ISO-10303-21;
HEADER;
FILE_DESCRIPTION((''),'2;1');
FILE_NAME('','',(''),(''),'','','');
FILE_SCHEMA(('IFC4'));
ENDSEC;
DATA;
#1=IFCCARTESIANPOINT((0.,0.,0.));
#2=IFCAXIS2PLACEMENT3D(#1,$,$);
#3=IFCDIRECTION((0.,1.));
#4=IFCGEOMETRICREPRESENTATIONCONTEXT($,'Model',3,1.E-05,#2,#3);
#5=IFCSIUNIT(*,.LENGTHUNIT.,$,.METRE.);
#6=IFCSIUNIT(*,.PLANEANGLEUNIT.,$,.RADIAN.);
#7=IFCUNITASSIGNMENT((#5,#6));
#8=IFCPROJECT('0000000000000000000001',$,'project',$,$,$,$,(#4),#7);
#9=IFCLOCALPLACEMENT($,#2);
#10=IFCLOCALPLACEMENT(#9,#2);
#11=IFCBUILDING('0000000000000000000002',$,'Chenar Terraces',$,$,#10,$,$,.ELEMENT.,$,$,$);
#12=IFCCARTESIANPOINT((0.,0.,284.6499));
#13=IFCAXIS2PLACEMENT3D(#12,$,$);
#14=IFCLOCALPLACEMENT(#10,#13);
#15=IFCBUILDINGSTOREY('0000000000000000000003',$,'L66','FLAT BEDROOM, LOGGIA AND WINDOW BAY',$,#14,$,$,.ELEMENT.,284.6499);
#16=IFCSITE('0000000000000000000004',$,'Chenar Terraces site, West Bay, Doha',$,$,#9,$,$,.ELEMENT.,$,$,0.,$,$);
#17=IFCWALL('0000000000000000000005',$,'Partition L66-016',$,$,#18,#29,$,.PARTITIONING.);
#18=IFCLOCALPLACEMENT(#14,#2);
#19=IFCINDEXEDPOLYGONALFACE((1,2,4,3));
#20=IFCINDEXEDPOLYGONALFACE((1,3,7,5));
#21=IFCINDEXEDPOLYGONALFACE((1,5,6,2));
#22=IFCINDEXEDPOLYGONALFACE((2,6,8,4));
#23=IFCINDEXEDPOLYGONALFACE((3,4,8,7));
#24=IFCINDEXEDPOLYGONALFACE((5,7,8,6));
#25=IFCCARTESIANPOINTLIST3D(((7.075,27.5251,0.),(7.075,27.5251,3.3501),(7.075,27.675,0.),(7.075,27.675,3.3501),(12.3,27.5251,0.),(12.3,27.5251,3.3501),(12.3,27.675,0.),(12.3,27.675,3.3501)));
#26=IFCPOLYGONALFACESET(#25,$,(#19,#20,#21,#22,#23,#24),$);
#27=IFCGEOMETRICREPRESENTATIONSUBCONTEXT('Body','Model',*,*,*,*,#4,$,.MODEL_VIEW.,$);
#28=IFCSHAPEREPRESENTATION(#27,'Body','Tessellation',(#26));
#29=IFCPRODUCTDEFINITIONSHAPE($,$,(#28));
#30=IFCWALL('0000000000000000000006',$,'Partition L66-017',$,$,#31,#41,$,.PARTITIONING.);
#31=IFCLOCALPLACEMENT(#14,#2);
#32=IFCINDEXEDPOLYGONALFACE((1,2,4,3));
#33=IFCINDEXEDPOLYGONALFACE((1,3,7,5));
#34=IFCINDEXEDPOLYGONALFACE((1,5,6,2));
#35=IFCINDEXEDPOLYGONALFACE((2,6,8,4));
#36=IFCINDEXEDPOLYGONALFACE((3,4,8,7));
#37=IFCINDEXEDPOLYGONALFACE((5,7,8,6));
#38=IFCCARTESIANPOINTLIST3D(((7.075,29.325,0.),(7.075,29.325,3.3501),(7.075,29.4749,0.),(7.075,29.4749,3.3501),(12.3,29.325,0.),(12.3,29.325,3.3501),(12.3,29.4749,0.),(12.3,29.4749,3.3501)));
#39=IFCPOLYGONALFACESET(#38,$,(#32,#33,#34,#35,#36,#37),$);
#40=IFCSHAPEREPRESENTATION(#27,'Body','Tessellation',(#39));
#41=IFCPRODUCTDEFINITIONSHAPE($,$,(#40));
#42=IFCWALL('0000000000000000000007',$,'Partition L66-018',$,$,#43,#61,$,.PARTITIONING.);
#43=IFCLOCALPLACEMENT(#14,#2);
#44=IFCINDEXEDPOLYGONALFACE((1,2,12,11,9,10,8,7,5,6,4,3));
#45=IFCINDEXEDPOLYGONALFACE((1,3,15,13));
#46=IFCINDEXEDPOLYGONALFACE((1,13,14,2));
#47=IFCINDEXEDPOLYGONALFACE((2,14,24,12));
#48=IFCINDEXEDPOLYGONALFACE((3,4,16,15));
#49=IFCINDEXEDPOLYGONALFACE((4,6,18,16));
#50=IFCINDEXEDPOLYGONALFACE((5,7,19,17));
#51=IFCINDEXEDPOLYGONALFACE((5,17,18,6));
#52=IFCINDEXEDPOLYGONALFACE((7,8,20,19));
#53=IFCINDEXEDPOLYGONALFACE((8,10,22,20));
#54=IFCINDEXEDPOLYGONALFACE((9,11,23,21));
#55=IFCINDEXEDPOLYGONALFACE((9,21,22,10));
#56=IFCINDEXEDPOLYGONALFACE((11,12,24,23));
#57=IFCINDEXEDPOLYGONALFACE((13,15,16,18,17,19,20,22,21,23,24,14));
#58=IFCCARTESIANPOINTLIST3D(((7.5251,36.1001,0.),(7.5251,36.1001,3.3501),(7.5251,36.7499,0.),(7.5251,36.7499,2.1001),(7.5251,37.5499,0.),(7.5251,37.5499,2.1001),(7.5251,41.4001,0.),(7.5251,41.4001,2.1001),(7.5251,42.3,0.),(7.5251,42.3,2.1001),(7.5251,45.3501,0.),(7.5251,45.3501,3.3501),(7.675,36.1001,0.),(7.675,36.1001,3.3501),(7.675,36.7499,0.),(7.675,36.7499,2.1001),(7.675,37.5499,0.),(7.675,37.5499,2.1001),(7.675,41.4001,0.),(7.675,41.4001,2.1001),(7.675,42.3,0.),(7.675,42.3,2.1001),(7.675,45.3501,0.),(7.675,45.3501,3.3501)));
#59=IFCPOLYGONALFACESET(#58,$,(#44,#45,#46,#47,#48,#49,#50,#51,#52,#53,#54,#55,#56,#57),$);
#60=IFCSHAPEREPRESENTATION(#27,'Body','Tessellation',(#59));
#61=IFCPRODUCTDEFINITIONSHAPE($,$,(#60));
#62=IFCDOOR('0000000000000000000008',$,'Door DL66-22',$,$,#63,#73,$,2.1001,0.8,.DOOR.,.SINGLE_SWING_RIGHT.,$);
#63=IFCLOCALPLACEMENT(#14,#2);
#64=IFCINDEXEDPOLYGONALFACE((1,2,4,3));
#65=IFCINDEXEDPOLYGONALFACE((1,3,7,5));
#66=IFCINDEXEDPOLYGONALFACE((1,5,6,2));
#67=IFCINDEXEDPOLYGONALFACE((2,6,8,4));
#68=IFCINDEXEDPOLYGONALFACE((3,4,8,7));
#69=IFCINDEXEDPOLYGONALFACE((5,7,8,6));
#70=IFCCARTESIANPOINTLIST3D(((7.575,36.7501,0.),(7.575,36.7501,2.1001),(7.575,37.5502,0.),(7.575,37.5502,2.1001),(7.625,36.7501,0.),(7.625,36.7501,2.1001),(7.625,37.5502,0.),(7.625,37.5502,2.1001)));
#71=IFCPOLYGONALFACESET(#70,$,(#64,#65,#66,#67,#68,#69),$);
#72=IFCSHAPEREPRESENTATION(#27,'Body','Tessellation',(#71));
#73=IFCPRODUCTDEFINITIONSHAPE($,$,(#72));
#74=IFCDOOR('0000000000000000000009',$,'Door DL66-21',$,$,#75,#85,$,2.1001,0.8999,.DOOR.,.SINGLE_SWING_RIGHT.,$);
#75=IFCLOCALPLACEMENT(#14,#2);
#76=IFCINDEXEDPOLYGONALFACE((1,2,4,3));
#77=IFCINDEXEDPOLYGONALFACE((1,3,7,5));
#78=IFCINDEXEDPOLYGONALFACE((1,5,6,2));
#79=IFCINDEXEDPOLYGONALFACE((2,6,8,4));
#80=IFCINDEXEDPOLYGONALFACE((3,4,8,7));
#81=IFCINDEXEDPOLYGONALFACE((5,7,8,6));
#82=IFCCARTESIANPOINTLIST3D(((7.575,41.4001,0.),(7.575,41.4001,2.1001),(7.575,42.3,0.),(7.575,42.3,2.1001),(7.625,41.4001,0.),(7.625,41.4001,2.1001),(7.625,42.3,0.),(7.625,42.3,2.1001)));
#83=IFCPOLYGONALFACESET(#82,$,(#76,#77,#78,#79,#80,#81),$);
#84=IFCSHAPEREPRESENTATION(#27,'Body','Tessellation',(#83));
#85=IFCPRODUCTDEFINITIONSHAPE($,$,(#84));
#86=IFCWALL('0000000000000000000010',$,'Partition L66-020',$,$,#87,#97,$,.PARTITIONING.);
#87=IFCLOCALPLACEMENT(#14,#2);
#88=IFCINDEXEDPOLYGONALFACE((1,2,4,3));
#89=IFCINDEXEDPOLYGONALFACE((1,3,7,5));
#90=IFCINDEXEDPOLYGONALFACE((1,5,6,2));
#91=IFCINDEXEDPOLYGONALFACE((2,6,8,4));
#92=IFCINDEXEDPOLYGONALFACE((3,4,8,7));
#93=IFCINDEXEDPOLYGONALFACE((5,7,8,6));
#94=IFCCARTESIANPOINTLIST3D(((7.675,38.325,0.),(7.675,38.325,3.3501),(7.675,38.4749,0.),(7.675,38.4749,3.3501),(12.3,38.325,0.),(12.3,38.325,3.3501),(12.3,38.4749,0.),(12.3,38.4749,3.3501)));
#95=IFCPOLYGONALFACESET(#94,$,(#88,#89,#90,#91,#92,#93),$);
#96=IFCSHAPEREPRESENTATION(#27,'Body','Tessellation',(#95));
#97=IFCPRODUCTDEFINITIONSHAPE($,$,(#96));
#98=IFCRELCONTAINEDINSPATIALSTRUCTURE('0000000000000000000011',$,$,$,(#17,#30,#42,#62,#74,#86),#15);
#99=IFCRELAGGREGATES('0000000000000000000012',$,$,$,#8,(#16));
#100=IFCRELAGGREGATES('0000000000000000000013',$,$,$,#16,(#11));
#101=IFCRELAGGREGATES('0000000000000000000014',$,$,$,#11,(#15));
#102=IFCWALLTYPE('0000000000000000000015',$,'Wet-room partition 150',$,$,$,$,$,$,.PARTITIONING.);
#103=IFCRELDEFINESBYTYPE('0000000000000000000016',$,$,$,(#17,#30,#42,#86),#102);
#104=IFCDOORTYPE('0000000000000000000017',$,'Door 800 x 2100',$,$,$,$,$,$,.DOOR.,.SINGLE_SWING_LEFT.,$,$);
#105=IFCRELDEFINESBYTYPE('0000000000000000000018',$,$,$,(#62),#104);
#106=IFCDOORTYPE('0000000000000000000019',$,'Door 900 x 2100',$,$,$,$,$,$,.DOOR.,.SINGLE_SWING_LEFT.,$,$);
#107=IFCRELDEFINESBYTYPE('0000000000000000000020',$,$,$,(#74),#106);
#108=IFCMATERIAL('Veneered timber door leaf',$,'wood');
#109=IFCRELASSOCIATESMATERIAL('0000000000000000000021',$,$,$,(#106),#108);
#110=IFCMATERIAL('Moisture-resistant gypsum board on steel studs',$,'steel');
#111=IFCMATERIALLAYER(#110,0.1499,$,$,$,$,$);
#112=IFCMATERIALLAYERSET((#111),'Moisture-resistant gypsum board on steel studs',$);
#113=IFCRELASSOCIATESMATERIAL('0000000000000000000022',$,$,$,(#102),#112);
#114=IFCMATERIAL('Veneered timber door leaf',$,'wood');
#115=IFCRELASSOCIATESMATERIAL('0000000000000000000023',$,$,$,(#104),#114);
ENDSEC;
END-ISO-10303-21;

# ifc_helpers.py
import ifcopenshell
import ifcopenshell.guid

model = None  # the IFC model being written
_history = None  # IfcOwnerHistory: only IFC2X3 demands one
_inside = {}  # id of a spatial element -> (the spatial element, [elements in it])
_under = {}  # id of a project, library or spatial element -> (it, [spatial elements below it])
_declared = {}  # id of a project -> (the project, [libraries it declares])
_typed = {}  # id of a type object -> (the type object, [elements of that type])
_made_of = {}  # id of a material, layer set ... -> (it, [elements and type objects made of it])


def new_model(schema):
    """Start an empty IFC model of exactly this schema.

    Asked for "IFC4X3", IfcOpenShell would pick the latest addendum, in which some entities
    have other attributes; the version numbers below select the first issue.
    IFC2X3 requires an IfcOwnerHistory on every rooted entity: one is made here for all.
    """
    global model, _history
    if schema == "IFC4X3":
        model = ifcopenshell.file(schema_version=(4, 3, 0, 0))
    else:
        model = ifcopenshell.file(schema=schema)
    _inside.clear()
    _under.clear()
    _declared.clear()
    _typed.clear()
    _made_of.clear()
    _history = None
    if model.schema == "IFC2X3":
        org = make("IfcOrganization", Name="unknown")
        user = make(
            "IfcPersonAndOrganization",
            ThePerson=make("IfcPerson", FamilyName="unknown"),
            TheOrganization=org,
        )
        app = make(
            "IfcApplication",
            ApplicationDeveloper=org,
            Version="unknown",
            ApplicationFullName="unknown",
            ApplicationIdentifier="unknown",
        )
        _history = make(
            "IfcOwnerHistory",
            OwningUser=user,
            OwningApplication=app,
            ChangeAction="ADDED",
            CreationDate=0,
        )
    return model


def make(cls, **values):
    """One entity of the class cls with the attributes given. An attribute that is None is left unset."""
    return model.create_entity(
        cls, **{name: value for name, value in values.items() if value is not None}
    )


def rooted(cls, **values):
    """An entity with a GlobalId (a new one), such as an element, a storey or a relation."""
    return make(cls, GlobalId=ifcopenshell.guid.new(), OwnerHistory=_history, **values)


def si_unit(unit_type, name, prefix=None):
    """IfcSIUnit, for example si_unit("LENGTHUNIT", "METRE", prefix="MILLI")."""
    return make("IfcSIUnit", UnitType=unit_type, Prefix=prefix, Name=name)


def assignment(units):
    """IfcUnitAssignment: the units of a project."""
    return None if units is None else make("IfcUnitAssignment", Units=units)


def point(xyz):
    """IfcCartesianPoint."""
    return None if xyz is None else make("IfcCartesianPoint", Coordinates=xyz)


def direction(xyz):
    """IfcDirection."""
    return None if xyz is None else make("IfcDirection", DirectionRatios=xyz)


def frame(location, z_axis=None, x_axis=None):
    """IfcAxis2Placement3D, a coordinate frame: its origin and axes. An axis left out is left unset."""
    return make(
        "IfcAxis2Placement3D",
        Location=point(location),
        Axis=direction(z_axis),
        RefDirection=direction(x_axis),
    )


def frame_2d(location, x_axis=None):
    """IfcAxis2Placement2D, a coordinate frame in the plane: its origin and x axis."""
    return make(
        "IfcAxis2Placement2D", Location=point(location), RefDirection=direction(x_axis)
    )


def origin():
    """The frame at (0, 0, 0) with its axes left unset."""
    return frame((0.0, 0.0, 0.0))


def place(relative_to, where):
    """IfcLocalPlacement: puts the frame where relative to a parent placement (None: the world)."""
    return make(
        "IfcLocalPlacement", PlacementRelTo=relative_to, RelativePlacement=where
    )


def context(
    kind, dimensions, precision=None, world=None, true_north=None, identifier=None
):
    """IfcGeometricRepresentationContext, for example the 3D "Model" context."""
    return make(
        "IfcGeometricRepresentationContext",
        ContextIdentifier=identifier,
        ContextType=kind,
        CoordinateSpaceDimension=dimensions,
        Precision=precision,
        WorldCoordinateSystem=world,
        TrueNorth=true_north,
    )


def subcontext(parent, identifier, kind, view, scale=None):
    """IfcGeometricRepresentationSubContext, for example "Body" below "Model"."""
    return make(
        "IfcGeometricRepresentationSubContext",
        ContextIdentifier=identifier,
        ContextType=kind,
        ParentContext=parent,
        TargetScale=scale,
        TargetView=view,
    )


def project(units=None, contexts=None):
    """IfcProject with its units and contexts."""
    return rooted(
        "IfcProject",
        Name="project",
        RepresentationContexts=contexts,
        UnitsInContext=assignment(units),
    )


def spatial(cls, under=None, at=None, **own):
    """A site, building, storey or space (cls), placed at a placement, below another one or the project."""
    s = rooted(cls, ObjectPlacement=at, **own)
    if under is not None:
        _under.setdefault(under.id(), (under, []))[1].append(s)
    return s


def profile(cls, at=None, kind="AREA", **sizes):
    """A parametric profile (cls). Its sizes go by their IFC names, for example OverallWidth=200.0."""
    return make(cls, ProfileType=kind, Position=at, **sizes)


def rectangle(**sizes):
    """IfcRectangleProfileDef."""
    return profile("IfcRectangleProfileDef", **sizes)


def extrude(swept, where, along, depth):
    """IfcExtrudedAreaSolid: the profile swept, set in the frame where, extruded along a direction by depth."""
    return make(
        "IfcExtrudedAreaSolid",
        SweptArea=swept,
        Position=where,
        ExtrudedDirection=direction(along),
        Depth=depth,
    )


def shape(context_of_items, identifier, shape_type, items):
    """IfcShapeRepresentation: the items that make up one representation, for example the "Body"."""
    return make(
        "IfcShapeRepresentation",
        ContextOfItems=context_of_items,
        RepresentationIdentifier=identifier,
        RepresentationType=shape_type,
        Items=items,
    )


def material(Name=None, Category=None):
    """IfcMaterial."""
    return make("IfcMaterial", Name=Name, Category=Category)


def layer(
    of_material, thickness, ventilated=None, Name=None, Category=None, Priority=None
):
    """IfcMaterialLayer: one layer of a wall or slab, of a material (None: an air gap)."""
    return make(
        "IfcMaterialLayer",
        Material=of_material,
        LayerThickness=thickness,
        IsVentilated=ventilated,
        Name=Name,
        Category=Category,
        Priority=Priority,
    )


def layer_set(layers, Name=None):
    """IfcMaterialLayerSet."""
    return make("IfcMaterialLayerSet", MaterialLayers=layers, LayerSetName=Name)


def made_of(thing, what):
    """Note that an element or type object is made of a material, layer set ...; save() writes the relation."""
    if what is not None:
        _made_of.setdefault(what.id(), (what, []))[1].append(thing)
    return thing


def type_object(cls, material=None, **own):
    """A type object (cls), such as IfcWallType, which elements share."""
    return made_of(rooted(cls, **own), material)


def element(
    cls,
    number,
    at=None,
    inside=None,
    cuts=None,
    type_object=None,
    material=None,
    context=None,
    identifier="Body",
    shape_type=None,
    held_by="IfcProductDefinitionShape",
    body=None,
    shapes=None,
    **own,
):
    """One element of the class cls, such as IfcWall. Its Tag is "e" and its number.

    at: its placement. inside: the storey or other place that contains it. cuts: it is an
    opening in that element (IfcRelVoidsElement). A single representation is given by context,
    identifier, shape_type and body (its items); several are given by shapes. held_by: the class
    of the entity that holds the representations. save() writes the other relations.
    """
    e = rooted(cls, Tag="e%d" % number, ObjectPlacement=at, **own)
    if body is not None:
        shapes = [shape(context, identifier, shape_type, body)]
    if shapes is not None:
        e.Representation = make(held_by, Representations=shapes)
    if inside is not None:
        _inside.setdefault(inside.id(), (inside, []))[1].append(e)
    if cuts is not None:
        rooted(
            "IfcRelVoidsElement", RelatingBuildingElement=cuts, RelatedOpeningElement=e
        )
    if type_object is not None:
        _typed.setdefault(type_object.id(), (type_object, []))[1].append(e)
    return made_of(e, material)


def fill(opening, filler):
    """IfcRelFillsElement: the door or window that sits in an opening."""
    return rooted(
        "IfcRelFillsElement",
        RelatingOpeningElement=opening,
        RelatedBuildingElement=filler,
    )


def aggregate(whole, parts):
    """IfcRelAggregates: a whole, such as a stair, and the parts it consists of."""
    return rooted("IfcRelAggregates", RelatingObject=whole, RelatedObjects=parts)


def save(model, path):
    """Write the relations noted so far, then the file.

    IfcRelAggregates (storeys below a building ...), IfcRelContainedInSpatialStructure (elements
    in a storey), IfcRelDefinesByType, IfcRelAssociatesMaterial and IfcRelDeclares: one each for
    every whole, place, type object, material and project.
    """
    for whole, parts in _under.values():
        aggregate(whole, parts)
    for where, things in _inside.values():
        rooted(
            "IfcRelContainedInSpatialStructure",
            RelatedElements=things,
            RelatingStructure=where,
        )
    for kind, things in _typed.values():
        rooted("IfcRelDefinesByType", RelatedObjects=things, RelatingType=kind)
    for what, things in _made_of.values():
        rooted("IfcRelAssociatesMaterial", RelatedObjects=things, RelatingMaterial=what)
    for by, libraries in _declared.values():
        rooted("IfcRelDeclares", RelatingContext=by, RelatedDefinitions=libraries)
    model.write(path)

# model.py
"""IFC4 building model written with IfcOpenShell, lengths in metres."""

from ifc_helpers import new_model, si_unit, direction, frame, frame_2d, origin, place, context, subcontext, project, spatial, rectangle, extrude, material, layer, layer_set, type_object, element, fill, save


model = new_model("IFC4")

# Units and contexts
model_context = context("Model", 3, precision=1e-05, world=origin(), true_north=direction((0.0, 1.0)))
body_context = subcontext(model_context, "Body", "Model", "MODEL_VIEW")
ifc_project = project(units=[si_unit("LENGTHUNIT", "METRE"), si_unit("PLANEANGLEUNIT", "RADIAN")], contexts=[model_context])

# Site, building, storey
site_placement = place(None, origin())
site = spatial("IfcSite", under=ifc_project, at=site_placement, Name="Chenar Terraces site, West Bay, Doha", CompositionType="ELEMENT", RefElevation=0.0)
building_placement = place(site_placement, origin())
building = spatial("IfcBuilding", under=site, at=building_placement, Name="Chenar Terraces", CompositionType="ELEMENT")
storey_placement = place(building_placement, frame((0.0, 0.0, 284.6499)))
storey = spatial("IfcBuildingStorey", under=building, at=storey_placement, Name="L66", Description="FLAT BEDROOM, LOGGIA AND WINDOW BAY", CompositionType="ELEMENT", Elevation=284.6499)

# Shared definitions
ifc_material_1 = material(Name="Veneered timber door leaf", Category="wood")
door_type_1 = type_object("IfcDoorType", Name="Door 900 x 2100", OperationType="SINGLE_SWING_LEFT", PredefinedType="DOOR", material=ifc_material_1)

# Shared definitions
ifc_material_2 = material(Name="Moisture-resistant gypsum board on steel studs", Category="steel")
ifc_layer_1 = layer(ifc_material_2, 0.1499)
ifc_layer_set_1 = layer_set([ifc_layer_1], Name="Moisture-resistant gypsum board on steel studs")
wall_type_1 = type_object("IfcWallType", Name="Wet-room partition 150", PredefinedType="PARTITIONING", material=ifc_layer_set_1)
ifc_material_3 = material(Name="Veneered timber door leaf", Category="wood")
door_type_2 = type_object("IfcDoorType", Name="Door 800 x 2100", OperationType="SINGLE_SWING_LEFT", PredefinedType="DOOR", material=ifc_material_3)

# Walls
for number, where, z_axis, x_axis, name in (
    (1, (7.075, 27.6001, 0.0), (0.0, 0.0, 1.0), (1.0, 0.0, 0.0), "Partition L66-016"),
    (2, (7.075, 29.3999, 0.0), (0.0, 0.0, 1.0), (1.0, 0.0, 0.0), "Partition L66-017"),
):
    element("IfcWall", number, at=place(storey_placement, frame(where, z_axis=z_axis, x_axis=x_axis)), inside=storey, type_object=wall_type_1, Name=name, PredefinedType="PARTITIONING", context=body_context, shape_type="SweptSolid", body=[
        extrude(rectangle(XDim=5.2251, YDim=0.1499, at=frame_2d((2.6125, 0.0))), origin(), (0.0, 0.0, 1.0), 3.3501),
    ])

# Wall, openings, doors
wall_1_placement = place(storey_placement, frame((7.6001, 36.1001, 0.0), z_axis=(0.0, 0.0, 1.0), x_axis=(0.0, 1.0, 0.0)))
wall_1 = element("IfcWall", 3, at=wall_1_placement, inside=storey, type_object=wall_type_1, Name="Partition L66-018", PredefinedType="PARTITIONING", context=body_context, shape_type="SweptSolid", body=[
    extrude(rectangle(XDim=9.25, YDim=0.1499, at=frame_2d((4.625, 0.0))), origin(), (0.0, 0.0, 1.0), 3.3501),
])
opening_1_placement = place(wall_1_placement, frame((5.3, 0.0, 0.0)))
opening_1 = element("IfcOpeningElement", 4, at=opening_1_placement, cuts=wall_1, PredefinedType="OPENING", context=body_context, shape_type="SweptSolid", body=[
    extrude(rectangle(XDim=0.8999, YDim=2.1001, at=frame_2d((0.45, 1.05))), frame((0.0, 0.085, 0.0), z_axis=(0.0, -1.0, 0.0), x_axis=(1.0, 0.0, 0.0)), (0.0, 0.0, 1.0), 0.1699),
])
opening_2_placement = place(wall_1_placement, frame((0.6499, 0.0, 0.0)))
opening_2 = element("IfcOpeningElement", 5, at=opening_2_placement, cuts=wall_1, PredefinedType="OPENING", context=body_context, shape_type="SweptSolid", body=[
    extrude(rectangle(XDim=0.8, YDim=2.1001, at=frame_2d((0.3999, 1.05))), frame((0.0, 0.085, 0.0), z_axis=(0.0, -1.0, 0.0), x_axis=(1.0, 0.0, 0.0)), (0.0, 0.0, 1.0), 0.1699),
])
door_1_placement = place(opening_2_placement, frame((0.8, 0.0, 0.0), z_axis=(0.0, 0.0, 1.0), x_axis=(-1.0, 0.0, 0.0)))
door_1 = element("IfcDoor", 6, at=door_1_placement, inside=storey, type_object=door_type_2, Name="Door DL66-22", OperationType="SINGLE_SWING_RIGHT", OverallHeight=2.1001, OverallWidth=0.8, PredefinedType="DOOR", context=body_context, shape_type="SweptSolid", body=[
    extrude(rectangle(XDim=0.8, YDim=2.1001, at=frame_2d((0.3999, 1.05))), frame((0.0, 0.0249, 0.0), z_axis=(0.0, -1.0, 0.0), x_axis=(1.0, 0.0, 0.0)), (0.0, 0.0, 1.0), 0.05),
])
fill(opening_2, door_1)
door_2_placement = place(opening_1_placement, frame((0.8999, 0.0, 0.0), z_axis=(0.0, 0.0, 1.0), x_axis=(-1.0, 0.0, 0.0)))
door_2 = element("IfcDoor", 7, at=door_2_placement, inside=storey, type_object=door_type_1, Name="Door DL66-21", OperationType="SINGLE_SWING_RIGHT", OverallHeight=2.1001, OverallWidth=0.8999, PredefinedType="DOOR", context=body_context, shape_type="SweptSolid", body=[
    extrude(rectangle(XDim=0.8999, YDim=2.1001, at=frame_2d((0.45, 1.05))), frame((0.0, 0.0249, 0.0), z_axis=(0.0, -1.0, 0.0), x_axis=(1.0, 0.0, 0.0)), (0.0, 0.0, 1.0), 0.05),
])
fill(opening_1, door_2)

# Wall
wall_2_placement = place(storey_placement, frame((7.675, 38.3999, 0.0), z_axis=(0.0, 0.0, 1.0), x_axis=(1.0, 0.0, 0.0)))
element("IfcWall", 8, at=wall_2_placement, inside=storey, type_object=wall_type_1, Name="Partition L66-020", PredefinedType="PARTITIONING", context=body_context, shape_type="SweptSolid", body=[
    extrude(rectangle(XDim=4.625, YDim=0.1499, at=frame_2d((2.3125, 0.0))), origin(), (0.0, 0.0, 1.0), 3.3501),
])

save(model, "model.ifc")
